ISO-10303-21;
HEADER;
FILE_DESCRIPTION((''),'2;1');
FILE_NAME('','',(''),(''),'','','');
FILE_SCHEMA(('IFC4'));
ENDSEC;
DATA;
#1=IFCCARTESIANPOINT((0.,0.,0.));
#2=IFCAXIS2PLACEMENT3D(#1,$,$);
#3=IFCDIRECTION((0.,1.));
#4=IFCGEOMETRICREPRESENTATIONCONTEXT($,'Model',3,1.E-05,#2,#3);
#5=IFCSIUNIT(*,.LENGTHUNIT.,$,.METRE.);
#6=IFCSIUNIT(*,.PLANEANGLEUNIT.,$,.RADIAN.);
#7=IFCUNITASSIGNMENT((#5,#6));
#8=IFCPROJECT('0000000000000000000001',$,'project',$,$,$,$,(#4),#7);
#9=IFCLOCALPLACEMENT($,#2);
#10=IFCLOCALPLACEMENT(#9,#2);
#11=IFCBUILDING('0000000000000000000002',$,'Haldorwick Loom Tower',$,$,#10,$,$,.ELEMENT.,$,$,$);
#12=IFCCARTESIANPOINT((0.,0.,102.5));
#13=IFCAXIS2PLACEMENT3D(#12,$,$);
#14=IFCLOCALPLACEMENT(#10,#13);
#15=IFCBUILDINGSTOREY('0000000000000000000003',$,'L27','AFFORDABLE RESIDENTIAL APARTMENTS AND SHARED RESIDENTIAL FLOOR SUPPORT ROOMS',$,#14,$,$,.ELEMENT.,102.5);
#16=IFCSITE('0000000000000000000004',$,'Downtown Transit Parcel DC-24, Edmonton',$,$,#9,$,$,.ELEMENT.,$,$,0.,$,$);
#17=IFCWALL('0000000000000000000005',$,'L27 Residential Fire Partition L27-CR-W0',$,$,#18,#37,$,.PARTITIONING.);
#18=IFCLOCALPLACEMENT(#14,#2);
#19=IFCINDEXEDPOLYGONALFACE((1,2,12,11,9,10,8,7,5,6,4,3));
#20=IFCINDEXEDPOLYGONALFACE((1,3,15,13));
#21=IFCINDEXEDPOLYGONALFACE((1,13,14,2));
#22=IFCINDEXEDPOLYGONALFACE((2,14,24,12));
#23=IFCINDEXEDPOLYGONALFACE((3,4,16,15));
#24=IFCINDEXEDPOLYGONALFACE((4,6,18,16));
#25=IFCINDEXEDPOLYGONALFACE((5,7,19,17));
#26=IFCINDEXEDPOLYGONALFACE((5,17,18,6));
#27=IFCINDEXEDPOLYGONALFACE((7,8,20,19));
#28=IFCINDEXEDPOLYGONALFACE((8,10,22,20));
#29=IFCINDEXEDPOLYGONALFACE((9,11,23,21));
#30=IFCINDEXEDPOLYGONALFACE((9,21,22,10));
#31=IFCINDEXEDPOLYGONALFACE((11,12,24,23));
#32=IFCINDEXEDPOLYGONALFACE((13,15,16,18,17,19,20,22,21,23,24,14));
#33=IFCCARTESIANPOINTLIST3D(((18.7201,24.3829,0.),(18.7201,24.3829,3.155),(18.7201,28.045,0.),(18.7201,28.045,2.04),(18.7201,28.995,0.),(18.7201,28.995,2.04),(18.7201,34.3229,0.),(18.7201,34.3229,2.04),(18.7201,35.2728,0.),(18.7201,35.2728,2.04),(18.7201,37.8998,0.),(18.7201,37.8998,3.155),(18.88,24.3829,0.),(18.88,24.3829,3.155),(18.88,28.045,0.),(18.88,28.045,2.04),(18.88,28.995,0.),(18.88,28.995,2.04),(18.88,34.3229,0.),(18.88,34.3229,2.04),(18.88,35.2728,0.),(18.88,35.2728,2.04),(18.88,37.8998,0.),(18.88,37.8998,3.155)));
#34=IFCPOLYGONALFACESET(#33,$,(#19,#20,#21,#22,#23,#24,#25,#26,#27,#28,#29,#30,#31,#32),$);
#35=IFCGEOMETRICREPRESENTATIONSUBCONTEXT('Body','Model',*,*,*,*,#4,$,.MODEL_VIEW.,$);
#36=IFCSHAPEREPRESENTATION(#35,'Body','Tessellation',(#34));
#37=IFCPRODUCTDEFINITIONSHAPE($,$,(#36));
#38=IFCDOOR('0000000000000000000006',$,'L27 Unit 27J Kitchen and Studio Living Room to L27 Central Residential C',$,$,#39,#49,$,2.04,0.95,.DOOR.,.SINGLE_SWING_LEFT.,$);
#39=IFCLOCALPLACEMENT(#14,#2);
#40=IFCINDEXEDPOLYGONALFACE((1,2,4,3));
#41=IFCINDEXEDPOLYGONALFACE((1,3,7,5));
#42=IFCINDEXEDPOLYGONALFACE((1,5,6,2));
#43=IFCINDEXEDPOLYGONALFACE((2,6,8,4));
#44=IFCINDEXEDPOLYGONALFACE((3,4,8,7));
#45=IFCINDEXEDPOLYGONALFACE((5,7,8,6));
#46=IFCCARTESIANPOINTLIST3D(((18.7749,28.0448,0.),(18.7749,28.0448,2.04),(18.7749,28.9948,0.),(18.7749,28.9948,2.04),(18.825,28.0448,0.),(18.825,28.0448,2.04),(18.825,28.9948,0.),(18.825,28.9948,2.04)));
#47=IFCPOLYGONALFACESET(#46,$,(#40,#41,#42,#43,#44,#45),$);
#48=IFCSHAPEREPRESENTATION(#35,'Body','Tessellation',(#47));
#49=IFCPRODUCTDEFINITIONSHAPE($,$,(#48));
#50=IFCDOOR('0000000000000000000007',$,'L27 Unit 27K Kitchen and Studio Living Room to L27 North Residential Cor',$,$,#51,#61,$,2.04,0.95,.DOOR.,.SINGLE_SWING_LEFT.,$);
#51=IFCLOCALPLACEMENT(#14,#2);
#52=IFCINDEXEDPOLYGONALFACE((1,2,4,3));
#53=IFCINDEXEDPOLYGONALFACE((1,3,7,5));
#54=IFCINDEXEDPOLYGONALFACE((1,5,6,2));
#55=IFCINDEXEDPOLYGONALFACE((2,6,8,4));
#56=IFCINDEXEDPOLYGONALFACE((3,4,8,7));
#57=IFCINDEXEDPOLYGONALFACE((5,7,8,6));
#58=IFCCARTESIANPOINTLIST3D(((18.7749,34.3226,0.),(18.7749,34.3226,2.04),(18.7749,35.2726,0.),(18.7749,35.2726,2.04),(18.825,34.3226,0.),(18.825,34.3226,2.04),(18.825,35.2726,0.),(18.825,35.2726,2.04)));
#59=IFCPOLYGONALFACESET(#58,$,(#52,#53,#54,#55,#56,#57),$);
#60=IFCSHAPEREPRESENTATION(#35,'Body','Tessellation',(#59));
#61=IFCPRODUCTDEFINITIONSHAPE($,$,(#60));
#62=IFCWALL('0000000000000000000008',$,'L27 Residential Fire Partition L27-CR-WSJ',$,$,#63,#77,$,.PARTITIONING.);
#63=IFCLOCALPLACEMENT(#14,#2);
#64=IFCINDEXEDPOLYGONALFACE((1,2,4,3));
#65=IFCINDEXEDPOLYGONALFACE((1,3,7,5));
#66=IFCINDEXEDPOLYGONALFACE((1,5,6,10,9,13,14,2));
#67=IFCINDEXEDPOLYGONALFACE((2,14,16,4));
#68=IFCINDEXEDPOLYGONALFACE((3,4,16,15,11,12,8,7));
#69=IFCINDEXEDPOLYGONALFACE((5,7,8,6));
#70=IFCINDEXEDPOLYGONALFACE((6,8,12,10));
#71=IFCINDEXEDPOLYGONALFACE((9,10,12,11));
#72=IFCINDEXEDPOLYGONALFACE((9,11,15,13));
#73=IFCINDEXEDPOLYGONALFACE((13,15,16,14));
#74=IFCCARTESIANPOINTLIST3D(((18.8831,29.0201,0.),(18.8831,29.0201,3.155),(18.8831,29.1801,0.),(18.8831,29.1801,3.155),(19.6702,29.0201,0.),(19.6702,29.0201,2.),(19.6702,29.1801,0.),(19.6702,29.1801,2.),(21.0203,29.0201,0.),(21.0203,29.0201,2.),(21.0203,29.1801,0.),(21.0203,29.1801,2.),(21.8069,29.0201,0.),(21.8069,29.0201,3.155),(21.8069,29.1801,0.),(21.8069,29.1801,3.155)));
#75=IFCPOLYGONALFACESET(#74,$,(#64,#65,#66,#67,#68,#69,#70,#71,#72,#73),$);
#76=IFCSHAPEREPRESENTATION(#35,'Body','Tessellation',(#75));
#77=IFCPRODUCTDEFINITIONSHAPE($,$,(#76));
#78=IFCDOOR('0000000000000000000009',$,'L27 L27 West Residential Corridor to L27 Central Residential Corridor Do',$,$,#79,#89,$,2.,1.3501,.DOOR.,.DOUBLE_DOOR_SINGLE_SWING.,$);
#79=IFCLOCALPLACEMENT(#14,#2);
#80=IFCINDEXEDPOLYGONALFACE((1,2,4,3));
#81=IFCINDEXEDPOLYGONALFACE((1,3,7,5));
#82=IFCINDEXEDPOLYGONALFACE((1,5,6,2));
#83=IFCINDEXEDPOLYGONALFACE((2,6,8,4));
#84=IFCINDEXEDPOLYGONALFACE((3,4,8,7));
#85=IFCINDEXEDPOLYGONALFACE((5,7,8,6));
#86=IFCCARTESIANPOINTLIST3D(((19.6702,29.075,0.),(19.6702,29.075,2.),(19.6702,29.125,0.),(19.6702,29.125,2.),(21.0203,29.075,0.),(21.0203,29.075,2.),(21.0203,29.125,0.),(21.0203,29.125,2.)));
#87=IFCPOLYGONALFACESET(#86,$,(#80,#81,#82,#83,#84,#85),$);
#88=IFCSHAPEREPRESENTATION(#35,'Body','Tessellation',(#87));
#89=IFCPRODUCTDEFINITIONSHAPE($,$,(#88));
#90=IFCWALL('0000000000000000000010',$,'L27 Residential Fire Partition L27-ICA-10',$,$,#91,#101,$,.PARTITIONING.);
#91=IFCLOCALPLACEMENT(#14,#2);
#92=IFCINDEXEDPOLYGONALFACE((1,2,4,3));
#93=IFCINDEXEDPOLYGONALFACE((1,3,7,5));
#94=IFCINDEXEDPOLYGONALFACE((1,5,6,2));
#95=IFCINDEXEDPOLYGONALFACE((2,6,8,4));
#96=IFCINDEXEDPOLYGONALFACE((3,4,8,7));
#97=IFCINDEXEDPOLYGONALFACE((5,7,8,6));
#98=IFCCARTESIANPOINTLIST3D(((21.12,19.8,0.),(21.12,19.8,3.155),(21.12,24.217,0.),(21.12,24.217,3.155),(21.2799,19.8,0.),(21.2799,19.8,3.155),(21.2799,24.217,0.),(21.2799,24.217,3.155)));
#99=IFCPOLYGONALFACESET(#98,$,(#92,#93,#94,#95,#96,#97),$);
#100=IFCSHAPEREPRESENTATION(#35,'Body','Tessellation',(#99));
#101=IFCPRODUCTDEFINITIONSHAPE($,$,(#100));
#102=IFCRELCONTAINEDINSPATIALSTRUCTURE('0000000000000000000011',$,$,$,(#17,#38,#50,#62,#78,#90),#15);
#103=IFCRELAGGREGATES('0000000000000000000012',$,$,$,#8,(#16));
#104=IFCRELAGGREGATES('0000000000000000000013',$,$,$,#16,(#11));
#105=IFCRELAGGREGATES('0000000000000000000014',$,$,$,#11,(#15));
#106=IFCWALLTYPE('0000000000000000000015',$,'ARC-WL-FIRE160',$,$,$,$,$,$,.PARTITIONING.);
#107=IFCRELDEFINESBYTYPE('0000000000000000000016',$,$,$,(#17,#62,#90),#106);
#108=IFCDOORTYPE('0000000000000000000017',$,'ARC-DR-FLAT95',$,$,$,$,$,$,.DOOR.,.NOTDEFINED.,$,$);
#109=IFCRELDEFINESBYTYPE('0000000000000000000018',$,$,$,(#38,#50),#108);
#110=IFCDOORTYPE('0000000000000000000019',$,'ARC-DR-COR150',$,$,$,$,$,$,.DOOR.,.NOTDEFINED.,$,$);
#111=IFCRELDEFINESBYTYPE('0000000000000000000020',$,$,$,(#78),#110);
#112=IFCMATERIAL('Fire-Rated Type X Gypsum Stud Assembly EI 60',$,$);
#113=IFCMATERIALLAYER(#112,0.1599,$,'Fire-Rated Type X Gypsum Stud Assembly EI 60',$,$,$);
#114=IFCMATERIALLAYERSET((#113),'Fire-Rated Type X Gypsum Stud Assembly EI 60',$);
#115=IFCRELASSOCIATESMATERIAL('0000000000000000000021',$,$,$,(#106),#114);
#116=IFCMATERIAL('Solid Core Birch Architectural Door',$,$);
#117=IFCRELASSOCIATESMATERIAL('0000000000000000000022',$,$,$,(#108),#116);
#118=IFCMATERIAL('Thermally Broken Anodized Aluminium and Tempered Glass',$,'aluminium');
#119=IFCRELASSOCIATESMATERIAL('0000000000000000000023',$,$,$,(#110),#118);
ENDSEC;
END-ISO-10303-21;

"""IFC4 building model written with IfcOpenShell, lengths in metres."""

from ifc_helpers import new_model, si_unit, direction, frame, frame_2d, origin, place, context, subcontext, project, spatial, rectangle, extrude, material, layer, layer_set, type_object, element, fill, save


model = new_model("IFC4")

# Units and contexts
model_context = context("Model", 3, precision=1e-05, world=origin(), true_north=direction((0.0, 1.0)))
body_context = subcontext(model_context, "Body", "Model", "MODEL_VIEW")
ifc_project = project(units=[si_unit("LENGTHUNIT", "METRE"), si_unit("PLANEANGLEUNIT", "RADIAN")], contexts=[model_context])

# Site, building, storey
site_placement = place(None, origin())
site = spatial("IfcSite", under=ifc_project, at=site_placement, Name="Downtown Transit Parcel DC-24, Edmonton", CompositionType="ELEMENT", RefElevation=0.0)
building_placement = place(site_placement, origin())
building = spatial("IfcBuilding", under=site, at=building_placement, Name="Haldorwick Loom Tower", CompositionType="ELEMENT")
storey_placement = place(building_placement, frame((0.0, 0.0, 102.5)))
storey = spatial("IfcBuildingStorey", under=building, at=storey_placement, Name="L27", Description="AFFORDABLE RESIDENTIAL APARTMENTS AND SHARED RESIDENTIAL FLOOR SUPPORT ROOMS", CompositionType="ELEMENT", Elevation=102.5)

# Wall, openings, doors
ifc_material_1 = material(Name="Fire-Rated Type X Gypsum Stud Assembly EI 60")
ifc_layer_1 = layer(ifc_material_1, 0.1599, Name="Fire-Rated Type X Gypsum Stud Assembly EI 60")
ifc_layer_set_1 = layer_set([ifc_layer_1], Name="Fire-Rated Type X Gypsum Stud Assembly EI 60")
wall_type_1 = type_object("IfcWallType", Name="ARC-WL-FIRE160", PredefinedType="PARTITIONING", material=ifc_layer_set_1)
wall_1_placement = place(storey_placement, frame((18.8, 24.3831, 0.0), z_axis=(0.0, 0.0, 1.0), x_axis=(0.0, 1.0, 0.0)))
wall_1 = element("IfcWall", 1, at=wall_1_placement, inside=storey, type_object=wall_type_1, Name="L27 Residential Fire Partition L27-CR-W0", PredefinedType="PARTITIONING", context=body_context, shape_type="SweptSolid", body=[
    extrude(rectangle(XDim=13.5168, YDim=0.1599, at=frame_2d((6.7583, 0.0))), origin(), (0.0, 0.0, 1.0), 3.155),
])
opening_1_placement = place(wall_1_placement, frame((3.6619, 0.0, 0.0)))
opening_1 = element("IfcOpeningElement", 2, at=opening_1_placement, cuts=wall_1, PredefinedType="OPENING", context=body_context, shape_type="SweptSolid", body=[
    extrude(rectangle(XDim=0.95, YDim=2.04, at=frame_2d((0.4751, 1.02))), frame((0.0, 0.0898, 0.0), z_axis=(0.0, -1.0, 0.0), x_axis=(1.0, 0.0, 0.0)), (0.0, 0.0, 1.0), 0.1799),
])
opening_2_placement = place(wall_1_placement, frame((9.9397, 0.0, 0.0)))
opening_2 = element("IfcOpeningElement", 3, at=opening_2_placement, cuts=wall_1, PredefinedType="OPENING", context=body_context, shape_type="SweptSolid", body=[
    extrude(rectangle(XDim=0.95, YDim=2.04, at=frame_2d((0.4751, 1.02))), frame((0.0, 0.0898, 0.0), z_axis=(0.0, -1.0, 0.0), x_axis=(1.0, 0.0, 0.0)), (0.0, 0.0, 1.0), 0.1799),
])
ifc_material_2 = material(Name="Solid Core Birch Architectural Door")
door_type_1 = type_object("IfcDoorType", Name="ARC-DR-FLAT95", OperationType="NOTDEFINED", PredefinedType="DOOR", material=ifc_material_2)
door_1_placement = place(opening_1_placement, frame((0.95, 0.0, 0.0), z_axis=(0.0, 0.0, 1.0), x_axis=(-1.0, 0.0, 0.0)))
door_1 = element("IfcDoor", 4, at=door_1_placement, inside=storey, type_object=door_type_1, Name="L27 Unit 27J Kitchen and Studio Living Room to L27 Central Residential C", OperationType="SINGLE_SWING_LEFT", OverallHeight=2.04, OverallWidth=0.95, PredefinedType="DOOR", context=body_context, shape_type="SweptSolid", body=[
    extrude(rectangle(XDim=0.95, YDim=2.04, at=frame_2d((0.4751, 1.02))), frame((0.0, 0.0249, 0.0), z_axis=(0.0, -1.0, 0.0), x_axis=(1.0, 0.0, 0.0)), (0.0, 0.0, 1.0), 0.05),
])
fill(opening_1, door_1)
door_2_placement = place(opening_2_placement, frame((0.95, 0.0, 0.0), z_axis=(0.0, 0.0, 1.0), x_axis=(-1.0, 0.0, 0.0)))
door_2 = element("IfcDoor", 5, at=door_2_placement, inside=storey, type_object=door_type_1, Name="L27 Unit 27K Kitchen and Studio Living Room to L27 North Residential Cor", OperationType="SINGLE_SWING_LEFT", OverallHeight=2.04, OverallWidth=0.95, PredefinedType="DOOR", context=body_context, shape_type="SweptSolid", body=[
    extrude(rectangle(XDim=0.95, YDim=2.04, at=frame_2d((0.4751, 1.02))), frame((0.0, 0.0249, 0.0), z_axis=(0.0, -1.0, 0.0), x_axis=(1.0, 0.0, 0.0)), (0.0, 0.0, 1.0), 0.05),
])
fill(opening_2, door_2)

# Wall, opening, door
wall_2_placement = place(storey_placement, frame((18.8831, 29.1001, 0.0), z_axis=(0.0, 0.0, 1.0), x_axis=(1.0, 0.0, 0.0)))
wall_2 = element("IfcWall", 6, at=wall_2_placement, inside=storey, type_object=wall_type_1, Name="L27 Residential Fire Partition L27-CR-WSJ", PredefinedType="PARTITIONING", context=body_context, shape_type="SweptSolid", body=[
    extrude(rectangle(XDim=2.9238, YDim=0.1599, at=frame_2d((1.4619, 0.0))), origin(), (0.0, 0.0, 1.0), 3.155),
])
opening_3_placement = place(wall_2_placement, frame((0.7871, 0.0, 0.0)))
opening_3 = element("IfcOpeningElement", 7, at=opening_3_placement, cuts=wall_2, PredefinedType="OPENING", context=body_context, shape_type="SweptSolid", body=[
    extrude(rectangle(XDim=1.3501, YDim=2.0, at=frame_2d((0.675, 1.0))), frame((0.0, 0.0898, 0.0), z_axis=(0.0, -1.0, 0.0), x_axis=(1.0, 0.0, 0.0)), (0.0, 0.0, 1.0), 0.1799),
])
ifc_material_3 = material(Name="Thermally Broken Anodized Aluminium and Tempered Glass", Category="aluminium")
door_type_2 = type_object("IfcDoorType", Name="ARC-DR-COR150", OperationType="NOTDEFINED", PredefinedType="DOOR", material=ifc_material_3)
door_3_placement = place(opening_3_placement, origin())
door_3 = element("IfcDoor", 8, at=door_3_placement, inside=storey, type_object=door_type_2, Name="L27 L27 West Residential Corridor to L27 Central Residential Corridor Do", OperationType="DOUBLE_DOOR_SINGLE_SWING", OverallHeight=2.0, OverallWidth=1.3501, PredefinedType="DOOR", context=body_context, shape_type="SweptSolid", body=[
    extrude(rectangle(XDim=1.3501, YDim=2.0, at=frame_2d((0.675, 1.0))), frame((0.0, 0.0249, 0.0), z_axis=(0.0, -1.0, 0.0), x_axis=(1.0, 0.0, 0.0)), (0.0, 0.0, 1.0), 0.05),
])
fill(opening_3, door_3)

# Wall
wall_3_placement = place(storey_placement, frame((21.2, 24.217, 0.0), z_axis=(0.0, 0.0, 1.0), x_axis=(0.0, -1.0, 0.0)))
element("IfcWall", 9, at=wall_3_placement, inside=storey, type_object=wall_type_1, Name="L27 Residential Fire Partition L27-ICA-10", PredefinedType="PARTITIONING", context=body_context, shape_type="SweptSolid", body=[
    extrude(rectangle(XDim=4.417, YDim=0.1599, at=frame_2d((2.2085, 0.0))), origin(), (0.0, 0.0, 1.0), 3.155),
])

save(model, "model.ifc")
